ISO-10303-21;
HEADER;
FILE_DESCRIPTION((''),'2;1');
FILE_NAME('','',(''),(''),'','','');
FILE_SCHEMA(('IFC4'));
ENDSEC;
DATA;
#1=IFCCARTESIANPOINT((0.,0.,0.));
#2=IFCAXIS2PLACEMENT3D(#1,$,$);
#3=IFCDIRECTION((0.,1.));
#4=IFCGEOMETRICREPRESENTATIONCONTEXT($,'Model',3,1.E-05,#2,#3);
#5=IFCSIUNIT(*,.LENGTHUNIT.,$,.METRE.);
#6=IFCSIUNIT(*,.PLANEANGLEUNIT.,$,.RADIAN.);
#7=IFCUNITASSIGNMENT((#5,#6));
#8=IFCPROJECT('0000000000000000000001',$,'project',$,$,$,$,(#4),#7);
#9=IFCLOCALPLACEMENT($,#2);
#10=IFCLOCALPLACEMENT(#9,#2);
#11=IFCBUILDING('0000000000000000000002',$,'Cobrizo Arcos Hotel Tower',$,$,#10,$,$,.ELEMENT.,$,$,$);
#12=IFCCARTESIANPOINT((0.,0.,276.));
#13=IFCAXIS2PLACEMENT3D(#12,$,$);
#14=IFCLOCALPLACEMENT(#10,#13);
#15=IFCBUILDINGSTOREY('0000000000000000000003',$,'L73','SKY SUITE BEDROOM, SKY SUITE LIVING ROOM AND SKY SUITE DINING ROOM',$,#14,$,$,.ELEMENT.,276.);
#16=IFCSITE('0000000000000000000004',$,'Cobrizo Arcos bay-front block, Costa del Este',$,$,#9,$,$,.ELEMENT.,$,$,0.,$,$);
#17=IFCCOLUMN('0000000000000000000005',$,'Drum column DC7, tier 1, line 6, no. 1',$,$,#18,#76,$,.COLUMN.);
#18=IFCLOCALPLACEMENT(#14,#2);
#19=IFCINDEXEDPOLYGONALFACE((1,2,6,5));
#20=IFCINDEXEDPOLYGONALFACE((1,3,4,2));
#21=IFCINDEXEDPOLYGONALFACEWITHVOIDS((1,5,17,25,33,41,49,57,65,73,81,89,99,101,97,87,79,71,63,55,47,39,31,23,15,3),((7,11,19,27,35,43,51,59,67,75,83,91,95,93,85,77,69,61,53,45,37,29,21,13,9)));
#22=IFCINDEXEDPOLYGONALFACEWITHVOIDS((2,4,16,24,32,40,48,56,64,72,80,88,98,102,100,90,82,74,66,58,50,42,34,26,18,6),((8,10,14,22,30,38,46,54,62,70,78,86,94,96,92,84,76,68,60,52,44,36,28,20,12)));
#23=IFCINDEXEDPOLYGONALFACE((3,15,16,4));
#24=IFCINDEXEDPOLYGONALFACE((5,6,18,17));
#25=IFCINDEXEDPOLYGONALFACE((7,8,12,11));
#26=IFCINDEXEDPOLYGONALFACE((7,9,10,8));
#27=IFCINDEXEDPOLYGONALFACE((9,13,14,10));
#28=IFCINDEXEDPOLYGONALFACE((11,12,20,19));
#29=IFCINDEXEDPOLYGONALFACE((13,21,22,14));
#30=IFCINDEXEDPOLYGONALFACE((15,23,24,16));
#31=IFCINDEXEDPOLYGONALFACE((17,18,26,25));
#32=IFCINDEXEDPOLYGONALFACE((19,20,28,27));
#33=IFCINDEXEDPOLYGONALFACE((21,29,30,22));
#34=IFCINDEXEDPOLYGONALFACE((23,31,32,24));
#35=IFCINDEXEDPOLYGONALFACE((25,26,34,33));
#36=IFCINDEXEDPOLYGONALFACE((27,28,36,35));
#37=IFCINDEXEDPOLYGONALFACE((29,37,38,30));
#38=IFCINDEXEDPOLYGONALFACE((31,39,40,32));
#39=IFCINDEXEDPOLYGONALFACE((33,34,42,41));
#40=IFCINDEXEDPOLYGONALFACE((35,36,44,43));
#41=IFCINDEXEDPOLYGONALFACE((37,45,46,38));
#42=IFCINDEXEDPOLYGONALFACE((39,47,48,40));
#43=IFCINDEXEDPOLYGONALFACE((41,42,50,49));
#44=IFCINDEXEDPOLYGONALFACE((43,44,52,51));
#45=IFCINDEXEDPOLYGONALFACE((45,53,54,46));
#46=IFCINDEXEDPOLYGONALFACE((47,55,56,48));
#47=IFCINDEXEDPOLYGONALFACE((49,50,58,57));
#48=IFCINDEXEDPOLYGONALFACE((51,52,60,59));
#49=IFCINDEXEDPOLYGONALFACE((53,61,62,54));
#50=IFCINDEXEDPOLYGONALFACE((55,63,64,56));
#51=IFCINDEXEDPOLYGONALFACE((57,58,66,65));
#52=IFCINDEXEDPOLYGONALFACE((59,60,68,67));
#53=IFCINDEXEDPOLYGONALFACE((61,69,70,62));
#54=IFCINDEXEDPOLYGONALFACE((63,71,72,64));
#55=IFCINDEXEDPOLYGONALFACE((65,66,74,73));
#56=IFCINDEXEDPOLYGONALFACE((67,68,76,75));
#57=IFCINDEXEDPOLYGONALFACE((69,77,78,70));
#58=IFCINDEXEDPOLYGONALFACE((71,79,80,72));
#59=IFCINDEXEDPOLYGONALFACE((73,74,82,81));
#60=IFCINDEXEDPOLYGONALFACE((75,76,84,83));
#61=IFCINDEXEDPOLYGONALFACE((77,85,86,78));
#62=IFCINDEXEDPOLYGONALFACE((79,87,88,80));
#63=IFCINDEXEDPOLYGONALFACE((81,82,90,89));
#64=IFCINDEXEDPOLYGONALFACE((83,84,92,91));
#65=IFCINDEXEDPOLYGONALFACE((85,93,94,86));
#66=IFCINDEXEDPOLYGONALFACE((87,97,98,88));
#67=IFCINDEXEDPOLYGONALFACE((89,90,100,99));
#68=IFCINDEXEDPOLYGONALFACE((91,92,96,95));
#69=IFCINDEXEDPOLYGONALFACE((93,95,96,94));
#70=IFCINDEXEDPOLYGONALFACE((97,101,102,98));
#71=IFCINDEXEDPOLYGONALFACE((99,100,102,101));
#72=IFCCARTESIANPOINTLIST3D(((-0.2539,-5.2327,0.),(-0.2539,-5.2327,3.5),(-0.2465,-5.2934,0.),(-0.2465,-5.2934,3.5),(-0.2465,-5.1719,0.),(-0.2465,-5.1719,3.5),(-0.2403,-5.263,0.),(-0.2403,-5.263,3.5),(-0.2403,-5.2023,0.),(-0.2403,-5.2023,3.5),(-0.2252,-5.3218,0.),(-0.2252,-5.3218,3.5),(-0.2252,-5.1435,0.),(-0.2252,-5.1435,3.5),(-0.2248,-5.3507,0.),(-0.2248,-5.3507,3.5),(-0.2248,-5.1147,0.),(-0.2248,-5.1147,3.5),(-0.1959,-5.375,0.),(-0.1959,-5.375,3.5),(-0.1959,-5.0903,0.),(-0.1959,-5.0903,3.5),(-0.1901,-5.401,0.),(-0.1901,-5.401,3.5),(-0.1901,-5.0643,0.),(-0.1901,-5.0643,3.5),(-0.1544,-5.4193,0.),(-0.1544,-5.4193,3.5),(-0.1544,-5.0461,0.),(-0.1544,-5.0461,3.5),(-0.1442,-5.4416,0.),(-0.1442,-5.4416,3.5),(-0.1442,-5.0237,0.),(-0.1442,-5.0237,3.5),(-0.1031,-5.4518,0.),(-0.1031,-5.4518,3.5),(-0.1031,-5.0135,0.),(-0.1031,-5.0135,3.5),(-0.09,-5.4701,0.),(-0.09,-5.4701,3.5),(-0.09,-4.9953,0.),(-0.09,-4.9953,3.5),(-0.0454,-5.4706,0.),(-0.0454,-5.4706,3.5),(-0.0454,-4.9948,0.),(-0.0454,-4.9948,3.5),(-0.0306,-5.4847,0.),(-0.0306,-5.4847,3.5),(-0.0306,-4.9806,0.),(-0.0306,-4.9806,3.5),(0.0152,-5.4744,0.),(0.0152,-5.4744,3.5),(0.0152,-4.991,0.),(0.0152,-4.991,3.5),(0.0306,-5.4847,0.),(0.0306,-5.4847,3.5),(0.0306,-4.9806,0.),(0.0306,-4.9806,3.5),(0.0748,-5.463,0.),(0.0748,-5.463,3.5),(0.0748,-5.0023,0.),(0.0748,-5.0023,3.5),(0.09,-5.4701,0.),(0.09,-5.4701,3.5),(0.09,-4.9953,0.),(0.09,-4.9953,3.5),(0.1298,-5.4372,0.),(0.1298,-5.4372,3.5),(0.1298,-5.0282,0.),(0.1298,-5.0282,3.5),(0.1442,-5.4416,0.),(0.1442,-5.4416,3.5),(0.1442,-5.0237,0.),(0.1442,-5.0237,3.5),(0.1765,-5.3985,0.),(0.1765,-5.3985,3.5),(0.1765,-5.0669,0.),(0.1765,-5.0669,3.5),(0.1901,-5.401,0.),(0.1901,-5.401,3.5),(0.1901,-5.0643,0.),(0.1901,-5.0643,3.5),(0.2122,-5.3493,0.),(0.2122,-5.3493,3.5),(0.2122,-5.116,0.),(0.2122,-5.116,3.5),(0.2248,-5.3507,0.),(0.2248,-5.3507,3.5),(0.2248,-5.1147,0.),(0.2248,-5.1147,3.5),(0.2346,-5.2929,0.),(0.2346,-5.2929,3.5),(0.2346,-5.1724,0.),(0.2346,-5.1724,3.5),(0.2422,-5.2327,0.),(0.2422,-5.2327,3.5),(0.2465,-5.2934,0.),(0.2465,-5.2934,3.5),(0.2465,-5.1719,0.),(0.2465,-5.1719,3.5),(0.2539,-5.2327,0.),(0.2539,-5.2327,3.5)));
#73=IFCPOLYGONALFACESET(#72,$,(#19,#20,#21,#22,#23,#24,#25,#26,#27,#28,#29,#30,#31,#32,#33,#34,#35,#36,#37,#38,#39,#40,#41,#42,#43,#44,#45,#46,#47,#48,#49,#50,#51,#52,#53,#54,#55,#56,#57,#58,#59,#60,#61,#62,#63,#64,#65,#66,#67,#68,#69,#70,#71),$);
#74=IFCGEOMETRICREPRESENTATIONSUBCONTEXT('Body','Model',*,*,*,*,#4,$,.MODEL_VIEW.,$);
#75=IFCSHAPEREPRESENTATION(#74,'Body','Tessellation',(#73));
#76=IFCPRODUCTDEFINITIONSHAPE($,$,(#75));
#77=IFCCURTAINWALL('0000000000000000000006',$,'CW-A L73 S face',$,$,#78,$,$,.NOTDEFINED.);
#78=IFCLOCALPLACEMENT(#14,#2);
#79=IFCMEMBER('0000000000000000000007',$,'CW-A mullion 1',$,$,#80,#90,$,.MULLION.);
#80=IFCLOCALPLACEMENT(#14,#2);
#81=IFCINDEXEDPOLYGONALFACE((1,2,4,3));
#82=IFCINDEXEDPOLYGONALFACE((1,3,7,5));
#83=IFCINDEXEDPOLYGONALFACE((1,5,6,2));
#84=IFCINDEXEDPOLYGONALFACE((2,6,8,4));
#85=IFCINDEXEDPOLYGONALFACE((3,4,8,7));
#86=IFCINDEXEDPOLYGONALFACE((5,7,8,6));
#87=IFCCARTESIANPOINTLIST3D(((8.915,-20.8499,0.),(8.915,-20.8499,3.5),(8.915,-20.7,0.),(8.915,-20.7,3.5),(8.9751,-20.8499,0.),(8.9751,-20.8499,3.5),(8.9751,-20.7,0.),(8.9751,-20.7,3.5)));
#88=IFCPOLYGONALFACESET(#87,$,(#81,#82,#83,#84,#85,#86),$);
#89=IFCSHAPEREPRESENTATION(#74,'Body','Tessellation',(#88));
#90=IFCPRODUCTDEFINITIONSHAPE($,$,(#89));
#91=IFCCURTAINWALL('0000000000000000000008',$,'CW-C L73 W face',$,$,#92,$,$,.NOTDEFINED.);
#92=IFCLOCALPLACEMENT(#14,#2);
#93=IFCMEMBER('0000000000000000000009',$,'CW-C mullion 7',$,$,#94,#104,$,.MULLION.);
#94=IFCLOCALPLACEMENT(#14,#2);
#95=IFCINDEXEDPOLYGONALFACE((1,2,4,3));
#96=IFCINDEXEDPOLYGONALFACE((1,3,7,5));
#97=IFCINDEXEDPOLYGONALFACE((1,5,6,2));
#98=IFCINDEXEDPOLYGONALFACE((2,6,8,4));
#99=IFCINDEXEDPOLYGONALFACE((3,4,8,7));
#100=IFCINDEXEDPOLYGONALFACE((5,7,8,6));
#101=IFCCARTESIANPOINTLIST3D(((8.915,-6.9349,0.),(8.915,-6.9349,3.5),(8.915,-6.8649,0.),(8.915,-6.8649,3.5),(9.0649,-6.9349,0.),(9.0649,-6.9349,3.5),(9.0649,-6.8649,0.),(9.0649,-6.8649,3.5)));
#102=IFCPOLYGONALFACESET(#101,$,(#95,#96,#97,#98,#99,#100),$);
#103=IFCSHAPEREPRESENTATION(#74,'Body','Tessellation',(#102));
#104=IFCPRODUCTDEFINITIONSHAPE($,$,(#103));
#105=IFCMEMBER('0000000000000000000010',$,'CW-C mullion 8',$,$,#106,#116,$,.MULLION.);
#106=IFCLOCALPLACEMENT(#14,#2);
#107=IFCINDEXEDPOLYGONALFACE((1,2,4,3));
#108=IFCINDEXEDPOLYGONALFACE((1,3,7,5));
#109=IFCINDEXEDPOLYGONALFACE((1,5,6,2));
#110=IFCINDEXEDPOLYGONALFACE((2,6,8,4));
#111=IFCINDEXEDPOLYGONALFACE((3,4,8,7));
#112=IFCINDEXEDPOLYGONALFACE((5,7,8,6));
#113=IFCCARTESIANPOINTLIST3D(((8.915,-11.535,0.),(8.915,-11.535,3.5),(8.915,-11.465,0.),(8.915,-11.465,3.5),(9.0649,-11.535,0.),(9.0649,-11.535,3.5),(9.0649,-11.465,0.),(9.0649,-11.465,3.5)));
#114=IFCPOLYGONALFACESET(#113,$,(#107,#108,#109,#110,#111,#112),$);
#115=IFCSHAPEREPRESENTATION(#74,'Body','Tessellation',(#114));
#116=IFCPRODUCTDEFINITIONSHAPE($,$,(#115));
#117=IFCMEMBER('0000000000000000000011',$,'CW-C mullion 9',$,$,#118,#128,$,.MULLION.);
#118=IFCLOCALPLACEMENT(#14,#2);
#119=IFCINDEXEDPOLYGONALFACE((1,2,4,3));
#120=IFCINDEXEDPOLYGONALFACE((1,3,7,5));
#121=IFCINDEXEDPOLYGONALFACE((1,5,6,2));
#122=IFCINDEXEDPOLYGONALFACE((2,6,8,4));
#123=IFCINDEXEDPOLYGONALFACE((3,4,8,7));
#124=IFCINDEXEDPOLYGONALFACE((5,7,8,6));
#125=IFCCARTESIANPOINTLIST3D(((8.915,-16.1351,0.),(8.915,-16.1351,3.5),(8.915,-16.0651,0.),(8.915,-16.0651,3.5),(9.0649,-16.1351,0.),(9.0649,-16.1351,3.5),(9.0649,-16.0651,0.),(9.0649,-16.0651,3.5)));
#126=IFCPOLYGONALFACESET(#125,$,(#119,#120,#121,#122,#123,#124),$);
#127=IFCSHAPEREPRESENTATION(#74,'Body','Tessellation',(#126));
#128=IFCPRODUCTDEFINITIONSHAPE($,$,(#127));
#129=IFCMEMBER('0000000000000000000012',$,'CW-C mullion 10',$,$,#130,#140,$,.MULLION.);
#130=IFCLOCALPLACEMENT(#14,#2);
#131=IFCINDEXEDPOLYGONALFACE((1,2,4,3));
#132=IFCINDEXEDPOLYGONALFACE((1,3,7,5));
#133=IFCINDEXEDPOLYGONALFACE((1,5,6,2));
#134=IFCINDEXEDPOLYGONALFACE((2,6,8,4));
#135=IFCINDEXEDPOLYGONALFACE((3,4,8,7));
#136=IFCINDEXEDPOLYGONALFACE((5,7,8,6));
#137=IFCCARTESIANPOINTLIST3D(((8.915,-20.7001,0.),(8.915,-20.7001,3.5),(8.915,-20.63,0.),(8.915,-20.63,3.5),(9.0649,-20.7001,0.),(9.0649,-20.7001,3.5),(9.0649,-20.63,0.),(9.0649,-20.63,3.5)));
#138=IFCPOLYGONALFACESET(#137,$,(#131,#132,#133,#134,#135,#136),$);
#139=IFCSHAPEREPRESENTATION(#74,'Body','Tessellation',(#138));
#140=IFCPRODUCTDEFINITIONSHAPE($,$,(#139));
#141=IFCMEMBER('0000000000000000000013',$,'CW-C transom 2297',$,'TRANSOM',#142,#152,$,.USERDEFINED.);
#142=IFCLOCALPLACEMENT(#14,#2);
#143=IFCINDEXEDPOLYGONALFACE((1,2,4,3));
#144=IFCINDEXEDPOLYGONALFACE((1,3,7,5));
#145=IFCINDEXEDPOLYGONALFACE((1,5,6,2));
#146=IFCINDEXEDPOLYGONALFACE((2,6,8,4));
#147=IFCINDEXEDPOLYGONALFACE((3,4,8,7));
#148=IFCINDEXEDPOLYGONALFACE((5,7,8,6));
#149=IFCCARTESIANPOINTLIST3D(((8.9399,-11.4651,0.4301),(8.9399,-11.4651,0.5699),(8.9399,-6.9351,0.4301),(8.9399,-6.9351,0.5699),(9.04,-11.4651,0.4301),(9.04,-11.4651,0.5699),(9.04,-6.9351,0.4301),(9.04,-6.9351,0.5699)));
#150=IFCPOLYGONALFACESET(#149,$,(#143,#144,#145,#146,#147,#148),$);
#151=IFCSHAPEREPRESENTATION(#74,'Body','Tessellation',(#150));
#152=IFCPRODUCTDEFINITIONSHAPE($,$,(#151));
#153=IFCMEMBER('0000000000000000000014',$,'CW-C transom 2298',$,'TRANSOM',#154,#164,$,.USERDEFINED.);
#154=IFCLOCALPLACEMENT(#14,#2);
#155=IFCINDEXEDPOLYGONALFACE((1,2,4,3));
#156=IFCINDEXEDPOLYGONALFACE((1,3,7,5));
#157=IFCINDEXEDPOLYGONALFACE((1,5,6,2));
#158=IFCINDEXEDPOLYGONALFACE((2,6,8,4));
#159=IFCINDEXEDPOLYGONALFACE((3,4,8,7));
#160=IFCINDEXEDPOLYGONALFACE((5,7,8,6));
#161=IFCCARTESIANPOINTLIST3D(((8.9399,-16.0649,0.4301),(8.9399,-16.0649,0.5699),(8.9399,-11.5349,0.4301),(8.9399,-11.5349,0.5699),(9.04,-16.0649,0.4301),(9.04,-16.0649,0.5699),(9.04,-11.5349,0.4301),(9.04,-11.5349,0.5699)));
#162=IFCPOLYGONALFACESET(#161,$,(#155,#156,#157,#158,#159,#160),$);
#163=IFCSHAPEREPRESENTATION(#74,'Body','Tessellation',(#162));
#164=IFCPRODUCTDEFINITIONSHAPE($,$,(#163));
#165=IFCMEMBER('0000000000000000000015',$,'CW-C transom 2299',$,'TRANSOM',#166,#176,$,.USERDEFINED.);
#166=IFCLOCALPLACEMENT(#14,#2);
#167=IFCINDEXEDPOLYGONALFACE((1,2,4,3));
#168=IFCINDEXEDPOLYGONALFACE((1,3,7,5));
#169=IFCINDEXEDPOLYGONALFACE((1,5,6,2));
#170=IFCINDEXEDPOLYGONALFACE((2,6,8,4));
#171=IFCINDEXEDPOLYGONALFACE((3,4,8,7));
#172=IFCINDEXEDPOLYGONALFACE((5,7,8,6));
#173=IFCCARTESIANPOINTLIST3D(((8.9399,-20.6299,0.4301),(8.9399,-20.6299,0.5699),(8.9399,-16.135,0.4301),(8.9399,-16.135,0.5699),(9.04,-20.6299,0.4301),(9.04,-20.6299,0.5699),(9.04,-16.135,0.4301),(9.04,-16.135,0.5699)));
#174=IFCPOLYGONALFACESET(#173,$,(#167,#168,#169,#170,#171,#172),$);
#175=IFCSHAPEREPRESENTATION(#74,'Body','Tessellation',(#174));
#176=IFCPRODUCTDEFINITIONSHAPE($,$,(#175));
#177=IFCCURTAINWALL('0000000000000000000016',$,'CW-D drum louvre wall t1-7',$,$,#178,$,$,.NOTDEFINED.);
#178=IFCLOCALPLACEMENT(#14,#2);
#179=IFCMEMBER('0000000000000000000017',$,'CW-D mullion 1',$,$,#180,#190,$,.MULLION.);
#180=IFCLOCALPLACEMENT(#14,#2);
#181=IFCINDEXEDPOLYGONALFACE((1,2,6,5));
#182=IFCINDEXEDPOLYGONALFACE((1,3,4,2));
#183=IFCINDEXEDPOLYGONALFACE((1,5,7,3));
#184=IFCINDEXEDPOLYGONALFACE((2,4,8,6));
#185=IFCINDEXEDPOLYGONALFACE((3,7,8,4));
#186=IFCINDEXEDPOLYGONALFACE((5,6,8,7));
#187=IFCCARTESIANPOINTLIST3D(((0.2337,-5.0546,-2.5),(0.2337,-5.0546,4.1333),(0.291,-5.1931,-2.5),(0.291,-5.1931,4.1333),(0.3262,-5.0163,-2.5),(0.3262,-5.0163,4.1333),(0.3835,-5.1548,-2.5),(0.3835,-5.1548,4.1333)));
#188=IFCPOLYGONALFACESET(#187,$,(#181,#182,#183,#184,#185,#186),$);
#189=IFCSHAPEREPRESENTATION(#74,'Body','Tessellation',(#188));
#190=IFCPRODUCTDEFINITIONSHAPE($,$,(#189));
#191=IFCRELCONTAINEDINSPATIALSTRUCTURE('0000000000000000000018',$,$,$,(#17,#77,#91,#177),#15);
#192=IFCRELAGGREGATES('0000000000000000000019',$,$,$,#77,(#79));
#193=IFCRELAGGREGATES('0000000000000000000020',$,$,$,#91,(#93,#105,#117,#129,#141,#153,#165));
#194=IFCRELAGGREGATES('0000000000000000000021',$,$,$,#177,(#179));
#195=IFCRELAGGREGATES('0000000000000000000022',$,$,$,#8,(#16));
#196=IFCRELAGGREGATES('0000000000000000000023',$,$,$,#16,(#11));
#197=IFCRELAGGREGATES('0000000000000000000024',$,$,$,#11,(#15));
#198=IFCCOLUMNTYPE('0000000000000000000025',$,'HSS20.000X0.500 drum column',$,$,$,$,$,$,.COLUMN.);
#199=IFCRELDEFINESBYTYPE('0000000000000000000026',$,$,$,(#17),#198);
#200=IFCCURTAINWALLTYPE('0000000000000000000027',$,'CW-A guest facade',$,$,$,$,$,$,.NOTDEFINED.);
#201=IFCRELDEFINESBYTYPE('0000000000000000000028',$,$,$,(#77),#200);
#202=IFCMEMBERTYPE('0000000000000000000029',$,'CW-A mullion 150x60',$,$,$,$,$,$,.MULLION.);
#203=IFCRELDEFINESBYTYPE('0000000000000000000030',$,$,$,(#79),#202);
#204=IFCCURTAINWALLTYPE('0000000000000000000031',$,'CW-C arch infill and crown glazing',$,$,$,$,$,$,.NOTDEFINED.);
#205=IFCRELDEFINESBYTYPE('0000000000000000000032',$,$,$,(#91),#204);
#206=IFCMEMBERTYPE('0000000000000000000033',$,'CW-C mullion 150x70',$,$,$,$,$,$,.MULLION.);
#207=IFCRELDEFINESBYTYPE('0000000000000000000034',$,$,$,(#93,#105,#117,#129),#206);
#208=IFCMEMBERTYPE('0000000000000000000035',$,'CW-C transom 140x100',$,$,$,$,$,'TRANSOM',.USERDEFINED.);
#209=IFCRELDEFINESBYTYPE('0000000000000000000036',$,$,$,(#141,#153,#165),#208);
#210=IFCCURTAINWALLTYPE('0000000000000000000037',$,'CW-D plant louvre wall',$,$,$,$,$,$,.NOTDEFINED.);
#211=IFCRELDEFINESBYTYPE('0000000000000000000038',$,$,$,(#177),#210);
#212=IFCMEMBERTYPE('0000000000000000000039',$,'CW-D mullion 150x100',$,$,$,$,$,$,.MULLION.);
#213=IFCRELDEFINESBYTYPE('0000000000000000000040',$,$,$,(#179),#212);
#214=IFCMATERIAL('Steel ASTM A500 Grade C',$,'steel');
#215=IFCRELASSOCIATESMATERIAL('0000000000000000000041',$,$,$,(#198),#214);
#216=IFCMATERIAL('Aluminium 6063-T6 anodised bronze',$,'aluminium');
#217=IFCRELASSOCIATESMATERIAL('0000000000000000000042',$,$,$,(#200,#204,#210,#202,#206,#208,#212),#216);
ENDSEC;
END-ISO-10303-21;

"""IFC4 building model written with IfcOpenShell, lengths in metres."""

from ifc_helpers import new_model, si_unit, direction, frame, origin, origin_2d, place, context, subcontext, project, spatial, rectangle, hollow_circle, extrude, material, material_profile, profile_set, type_object, element, aggregate, save


model = new_model("IFC4")

# Units and contexts
model_context = context("Model", 3, precision=1e-05, world=origin(), true_north=direction((0.0, 1.0)))
body_context = subcontext(model_context, "Body", "Model", "MODEL_VIEW")
ifc_project = project(units=[si_unit("LENGTHUNIT", "METRE"), si_unit("PLANEANGLEUNIT", "RADIAN")], contexts=[model_context])

# Site, building, storey
site_placement = place(None, origin())
site = spatial("IfcSite", under=ifc_project, at=site_placement, Name="Cobrizo Arcos bay-front block, Costa del Este", CompositionType="ELEMENT", RefElevation=0.0)
building_placement = place(site_placement, origin())
building = spatial("IfcBuilding", under=site, at=building_placement, Name="Cobrizo Arcos Hotel Tower", CompositionType="ELEMENT")
storey_placement = place(building_placement, frame((0.0, 0.0, 276.0)))
storey = spatial("IfcBuildingStorey", under=building, at=storey_placement, Name="L73", Description="SKY SUITE BEDROOM, SKY SUITE LIVING ROOM AND SKY SUITE DINING ROOM", CompositionType="ELEMENT", Elevation=276.0)

# Column
ifc_material_1 = material(Name="Steel ASTM A500 Grade C", Category="steel")
ifc_material_profile_1 = material_profile(ifc_material_1, hollow_circle(Radius=0.2539, WallThickness=0.0117, at=origin_2d()), Name="HSS20.000X0.500")
ifc_profile_set_1 = profile_set([ifc_material_profile_1], Name="Steel ASTM A500 Grade C")
column_type = type_object("IfcColumnType", Name="HSS20.000X0.500 drum column", PredefinedType="COLUMN", material=ifc_profile_set_1)
column_placement = place(storey_placement, frame((0.0, -5.2327, 0.0), z_axis=(0.0, 0.0, 1.0), x_axis=(1.0, 0.0, 0.0)))
element("IfcColumn", 1, at=column_placement, inside=storey, type_object=column_type, Name="Drum column DC7, tier 1, line 6, no. 1", PredefinedType="COLUMN", context=body_context, shape_type="SweptSolid", body=[
    extrude(hollow_circle(Radius=0.2539, WallThickness=0.0117, at=origin_2d()), origin(), (0.0, 0.0, 1.0), 3.5),
])

# Curtain wall, member
ifc_material_2 = material(Name="Aluminium 6063-T6 anodised bronze", Category="aluminium")
curtain_wall_type_1 = type_object("IfcCurtainWallType", Name="CW-A guest facade", PredefinedType="NOTDEFINED", material=ifc_material_2)
curtain_wall_1_placement = place(storey_placement, origin())
curtain_wall_1 = element("IfcCurtainWall", 2, at=curtain_wall_1_placement, inside=storey, type_object=curtain_wall_type_1, Name="CW-A L73 S face", PredefinedType="NOTDEFINED")
ifc_material_profile_2 = material_profile(ifc_material_2, rectangle(XDim=0.1499, YDim=0.0601, at=origin_2d()), Name="CW-A mullion 150x60")
ifc_profile_set_2 = profile_set([ifc_material_profile_2], Name="Aluminium 6063-T6 anodised bronze")
member_type_1 = type_object("IfcMemberType", Name="CW-A mullion 150x60", PredefinedType="MULLION", material=ifc_profile_set_2)
member_1_placement = place(storey_placement, frame((8.9451, -20.7749, 0.0), z_axis=(0.0, 0.0, 1.0), x_axis=(0.0, -1.0, 0.0)))
member_1 = element("IfcMember", 3, at=member_1_placement, type_object=member_type_1, Name="CW-A mullion 1", PredefinedType="MULLION", context=body_context, shape_type="SweptSolid", body=[
    extrude(rectangle(XDim=0.1499, YDim=0.0601, at=origin_2d()), origin(), (0.0, 0.0, 1.0), 3.5),
])
aggregate(curtain_wall_1, [member_1])

# Curtain walls, members
curtain_wall_type_2 = type_object("IfcCurtainWallType", Name="CW-C arch infill and crown glazing", PredefinedType="NOTDEFINED", material=ifc_material_2)
curtain_wall_2_placement = place(storey_placement, origin())
curtain_wall_2 = element("IfcCurtainWall", 4, at=curtain_wall_2_placement, inside=storey, type_object=curtain_wall_type_2, Name="CW-C L73 W face", PredefinedType="NOTDEFINED")
ifc_material_profile_3 = material_profile(ifc_material_2, rectangle(XDim=0.1499, YDim=0.0701, at=origin_2d()), Name="CW-C mullion 150x70")
ifc_profile_set_3 = profile_set([ifc_material_profile_3], Name="Aluminium 6063-T6 anodised bronze")
member_type_2 = type_object("IfcMemberType", Name="CW-C mullion 150x70", PredefinedType="MULLION", material=ifc_profile_set_3)
member_2_placement = place(storey_placement, frame((8.99, -6.8999, 0.0), z_axis=(0.0, 0.0, 1.0), x_axis=(-1.0, 0.0, 0.0)))
member_2 = element("IfcMember", 5, at=member_2_placement, type_object=member_type_2, Name="CW-C mullion 7", PredefinedType="MULLION", context=body_context, shape_type="SweptSolid", body=[
    extrude(rectangle(XDim=0.1499, YDim=0.0701, at=origin_2d()), origin(), (0.0, 0.0, 1.0), 3.5),
])
member_3_placement = place(storey_placement, frame((8.99, -11.5, 0.0), z_axis=(0.0, 0.0, 1.0), x_axis=(-1.0, 0.0, 0.0)))
member_3 = element("IfcMember", 6, at=member_3_placement, type_object=member_type_2, Name="CW-C mullion 8", PredefinedType="MULLION", context=body_context, shape_type="SweptSolid", body=[
    extrude(rectangle(XDim=0.1499, YDim=0.0701, at=origin_2d()), origin(), (0.0, 0.0, 1.0), 3.5),
])
member_4_placement = place(storey_placement, frame((8.99, -16.1001, 0.0), z_axis=(0.0, 0.0, 1.0), x_axis=(-1.0, 0.0, 0.0)))
member_4 = element("IfcMember", 7, at=member_4_placement, type_object=member_type_2, Name="CW-C mullion 9", PredefinedType="MULLION", context=body_context, shape_type="SweptSolid", body=[
    extrude(rectangle(XDim=0.1499, YDim=0.0701, at=origin_2d()), origin(), (0.0, 0.0, 1.0), 3.5),
])
member_5_placement = place(storey_placement, frame((8.99, -20.665, 0.0), z_axis=(0.0, 0.0, 1.0), x_axis=(-1.0, 0.0, 0.0)))
member_5 = element("IfcMember", 8, at=member_5_placement, type_object=member_type_2, Name="CW-C mullion 10", PredefinedType="MULLION", context=body_context, shape_type="SweptSolid", body=[
    extrude(rectangle(XDim=0.1499, YDim=0.0701, at=origin_2d()), origin(), (0.0, 0.0, 1.0), 3.5),
])
ifc_material_profile_4 = material_profile(ifc_material_2, rectangle(XDim=0.1001, YDim=0.1399, at=origin_2d()), Name="CW-C transom 140x100")
ifc_profile_set_4 = profile_set([ifc_material_profile_4], Name="Aluminium 6063-T6 anodised bronze")
member_type_3 = type_object("IfcMemberType", Name="CW-C transom 140x100", ElementType="TRANSOM", PredefinedType="USERDEFINED", material=ifc_profile_set_4)
member_6_placement = place(storey_placement, frame((8.99, -6.9351, 0.5), z_axis=(0.0, -1.0, 0.0), x_axis=(1.0, 0.0, 0.0)))
member_6 = element("IfcMember", 9, at=member_6_placement, type_object=member_type_3, Name="CW-C transom 2297", ObjectType="TRANSOM", PredefinedType="USERDEFINED", context=body_context, shape_type="SweptSolid", body=[
    extrude(rectangle(XDim=0.1001, YDim=0.1399, at=origin_2d()), origin(), (0.0, 0.0, 1.0), 4.53),
])
member_7_placement = place(storey_placement, frame((8.99, -11.5349, 0.5), z_axis=(0.0, -1.0, 0.0), x_axis=(1.0, 0.0, 0.0)))
member_7 = element("IfcMember", 10, at=member_7_placement, type_object=member_type_3, Name="CW-C transom 2298", ObjectType="TRANSOM", PredefinedType="USERDEFINED", context=body_context, shape_type="SweptSolid", body=[
    extrude(rectangle(XDim=0.1001, YDim=0.1399, at=origin_2d()), origin(), (0.0, 0.0, 1.0), 4.53),
])
member_8_placement = place(storey_placement, frame((8.99, -16.135, 0.5), z_axis=(0.0, -1.0, 0.0), x_axis=(1.0, 0.0, 0.0)))
member_8 = element("IfcMember", 11, at=member_8_placement, type_object=member_type_3, Name="CW-C transom 2299", ObjectType="TRANSOM", PredefinedType="USERDEFINED", context=body_context, shape_type="SweptSolid", body=[
    extrude(rectangle(XDim=0.1001, YDim=0.1399, at=origin_2d()), origin(), (0.0, 0.0, 1.0), 4.4949),
])
curtain_wall_type_3 = type_object("IfcCurtainWallType", Name="CW-D plant louvre wall", PredefinedType="NOTDEFINED", material=ifc_material_2)
curtain_wall_3_placement = place(storey_placement, origin())
curtain_wall_3 = element("IfcCurtainWall", 12, at=curtain_wall_3_placement, inside=storey, type_object=curtain_wall_type_3, Name="CW-D drum louvre wall t1-7", PredefinedType="NOTDEFINED")
ifc_material_profile_5 = material_profile(ifc_material_2, rectangle(XDim=0.1499, YDim=0.1001, at=origin_2d()), Name="CW-D mullion 150x100")
ifc_profile_set_5 = profile_set([ifc_material_profile_5], Name="Aluminium 6063-T6 anodised bronze")
member_type_4 = type_object("IfcMemberType", Name="CW-D mullion 150x100", PredefinedType="MULLION", material=ifc_profile_set_5)
member_9_placement = place(storey_placement, frame((0.3086, -5.1047, -2.5), z_axis=(0.0, 0.0, 1.0), x_axis=(0.382683, -0.92388, 0.0)))
member_9 = element("IfcMember", 13, at=member_9_placement, type_object=member_type_4, Name="CW-D mullion 1", PredefinedType="MULLION", context=body_context, shape_type="SweptSolid", body=[
    extrude(rectangle(XDim=0.1499, YDim=0.1001, at=origin_2d()), origin(), (0.0, 0.0, 1.0), 6.6333),
])

aggregate(curtain_wall_2, [member_2, member_3, member_4, member_5, member_6, member_7, member_8])
aggregate(curtain_wall_3, [member_9])

save(model, "model.ifc")
